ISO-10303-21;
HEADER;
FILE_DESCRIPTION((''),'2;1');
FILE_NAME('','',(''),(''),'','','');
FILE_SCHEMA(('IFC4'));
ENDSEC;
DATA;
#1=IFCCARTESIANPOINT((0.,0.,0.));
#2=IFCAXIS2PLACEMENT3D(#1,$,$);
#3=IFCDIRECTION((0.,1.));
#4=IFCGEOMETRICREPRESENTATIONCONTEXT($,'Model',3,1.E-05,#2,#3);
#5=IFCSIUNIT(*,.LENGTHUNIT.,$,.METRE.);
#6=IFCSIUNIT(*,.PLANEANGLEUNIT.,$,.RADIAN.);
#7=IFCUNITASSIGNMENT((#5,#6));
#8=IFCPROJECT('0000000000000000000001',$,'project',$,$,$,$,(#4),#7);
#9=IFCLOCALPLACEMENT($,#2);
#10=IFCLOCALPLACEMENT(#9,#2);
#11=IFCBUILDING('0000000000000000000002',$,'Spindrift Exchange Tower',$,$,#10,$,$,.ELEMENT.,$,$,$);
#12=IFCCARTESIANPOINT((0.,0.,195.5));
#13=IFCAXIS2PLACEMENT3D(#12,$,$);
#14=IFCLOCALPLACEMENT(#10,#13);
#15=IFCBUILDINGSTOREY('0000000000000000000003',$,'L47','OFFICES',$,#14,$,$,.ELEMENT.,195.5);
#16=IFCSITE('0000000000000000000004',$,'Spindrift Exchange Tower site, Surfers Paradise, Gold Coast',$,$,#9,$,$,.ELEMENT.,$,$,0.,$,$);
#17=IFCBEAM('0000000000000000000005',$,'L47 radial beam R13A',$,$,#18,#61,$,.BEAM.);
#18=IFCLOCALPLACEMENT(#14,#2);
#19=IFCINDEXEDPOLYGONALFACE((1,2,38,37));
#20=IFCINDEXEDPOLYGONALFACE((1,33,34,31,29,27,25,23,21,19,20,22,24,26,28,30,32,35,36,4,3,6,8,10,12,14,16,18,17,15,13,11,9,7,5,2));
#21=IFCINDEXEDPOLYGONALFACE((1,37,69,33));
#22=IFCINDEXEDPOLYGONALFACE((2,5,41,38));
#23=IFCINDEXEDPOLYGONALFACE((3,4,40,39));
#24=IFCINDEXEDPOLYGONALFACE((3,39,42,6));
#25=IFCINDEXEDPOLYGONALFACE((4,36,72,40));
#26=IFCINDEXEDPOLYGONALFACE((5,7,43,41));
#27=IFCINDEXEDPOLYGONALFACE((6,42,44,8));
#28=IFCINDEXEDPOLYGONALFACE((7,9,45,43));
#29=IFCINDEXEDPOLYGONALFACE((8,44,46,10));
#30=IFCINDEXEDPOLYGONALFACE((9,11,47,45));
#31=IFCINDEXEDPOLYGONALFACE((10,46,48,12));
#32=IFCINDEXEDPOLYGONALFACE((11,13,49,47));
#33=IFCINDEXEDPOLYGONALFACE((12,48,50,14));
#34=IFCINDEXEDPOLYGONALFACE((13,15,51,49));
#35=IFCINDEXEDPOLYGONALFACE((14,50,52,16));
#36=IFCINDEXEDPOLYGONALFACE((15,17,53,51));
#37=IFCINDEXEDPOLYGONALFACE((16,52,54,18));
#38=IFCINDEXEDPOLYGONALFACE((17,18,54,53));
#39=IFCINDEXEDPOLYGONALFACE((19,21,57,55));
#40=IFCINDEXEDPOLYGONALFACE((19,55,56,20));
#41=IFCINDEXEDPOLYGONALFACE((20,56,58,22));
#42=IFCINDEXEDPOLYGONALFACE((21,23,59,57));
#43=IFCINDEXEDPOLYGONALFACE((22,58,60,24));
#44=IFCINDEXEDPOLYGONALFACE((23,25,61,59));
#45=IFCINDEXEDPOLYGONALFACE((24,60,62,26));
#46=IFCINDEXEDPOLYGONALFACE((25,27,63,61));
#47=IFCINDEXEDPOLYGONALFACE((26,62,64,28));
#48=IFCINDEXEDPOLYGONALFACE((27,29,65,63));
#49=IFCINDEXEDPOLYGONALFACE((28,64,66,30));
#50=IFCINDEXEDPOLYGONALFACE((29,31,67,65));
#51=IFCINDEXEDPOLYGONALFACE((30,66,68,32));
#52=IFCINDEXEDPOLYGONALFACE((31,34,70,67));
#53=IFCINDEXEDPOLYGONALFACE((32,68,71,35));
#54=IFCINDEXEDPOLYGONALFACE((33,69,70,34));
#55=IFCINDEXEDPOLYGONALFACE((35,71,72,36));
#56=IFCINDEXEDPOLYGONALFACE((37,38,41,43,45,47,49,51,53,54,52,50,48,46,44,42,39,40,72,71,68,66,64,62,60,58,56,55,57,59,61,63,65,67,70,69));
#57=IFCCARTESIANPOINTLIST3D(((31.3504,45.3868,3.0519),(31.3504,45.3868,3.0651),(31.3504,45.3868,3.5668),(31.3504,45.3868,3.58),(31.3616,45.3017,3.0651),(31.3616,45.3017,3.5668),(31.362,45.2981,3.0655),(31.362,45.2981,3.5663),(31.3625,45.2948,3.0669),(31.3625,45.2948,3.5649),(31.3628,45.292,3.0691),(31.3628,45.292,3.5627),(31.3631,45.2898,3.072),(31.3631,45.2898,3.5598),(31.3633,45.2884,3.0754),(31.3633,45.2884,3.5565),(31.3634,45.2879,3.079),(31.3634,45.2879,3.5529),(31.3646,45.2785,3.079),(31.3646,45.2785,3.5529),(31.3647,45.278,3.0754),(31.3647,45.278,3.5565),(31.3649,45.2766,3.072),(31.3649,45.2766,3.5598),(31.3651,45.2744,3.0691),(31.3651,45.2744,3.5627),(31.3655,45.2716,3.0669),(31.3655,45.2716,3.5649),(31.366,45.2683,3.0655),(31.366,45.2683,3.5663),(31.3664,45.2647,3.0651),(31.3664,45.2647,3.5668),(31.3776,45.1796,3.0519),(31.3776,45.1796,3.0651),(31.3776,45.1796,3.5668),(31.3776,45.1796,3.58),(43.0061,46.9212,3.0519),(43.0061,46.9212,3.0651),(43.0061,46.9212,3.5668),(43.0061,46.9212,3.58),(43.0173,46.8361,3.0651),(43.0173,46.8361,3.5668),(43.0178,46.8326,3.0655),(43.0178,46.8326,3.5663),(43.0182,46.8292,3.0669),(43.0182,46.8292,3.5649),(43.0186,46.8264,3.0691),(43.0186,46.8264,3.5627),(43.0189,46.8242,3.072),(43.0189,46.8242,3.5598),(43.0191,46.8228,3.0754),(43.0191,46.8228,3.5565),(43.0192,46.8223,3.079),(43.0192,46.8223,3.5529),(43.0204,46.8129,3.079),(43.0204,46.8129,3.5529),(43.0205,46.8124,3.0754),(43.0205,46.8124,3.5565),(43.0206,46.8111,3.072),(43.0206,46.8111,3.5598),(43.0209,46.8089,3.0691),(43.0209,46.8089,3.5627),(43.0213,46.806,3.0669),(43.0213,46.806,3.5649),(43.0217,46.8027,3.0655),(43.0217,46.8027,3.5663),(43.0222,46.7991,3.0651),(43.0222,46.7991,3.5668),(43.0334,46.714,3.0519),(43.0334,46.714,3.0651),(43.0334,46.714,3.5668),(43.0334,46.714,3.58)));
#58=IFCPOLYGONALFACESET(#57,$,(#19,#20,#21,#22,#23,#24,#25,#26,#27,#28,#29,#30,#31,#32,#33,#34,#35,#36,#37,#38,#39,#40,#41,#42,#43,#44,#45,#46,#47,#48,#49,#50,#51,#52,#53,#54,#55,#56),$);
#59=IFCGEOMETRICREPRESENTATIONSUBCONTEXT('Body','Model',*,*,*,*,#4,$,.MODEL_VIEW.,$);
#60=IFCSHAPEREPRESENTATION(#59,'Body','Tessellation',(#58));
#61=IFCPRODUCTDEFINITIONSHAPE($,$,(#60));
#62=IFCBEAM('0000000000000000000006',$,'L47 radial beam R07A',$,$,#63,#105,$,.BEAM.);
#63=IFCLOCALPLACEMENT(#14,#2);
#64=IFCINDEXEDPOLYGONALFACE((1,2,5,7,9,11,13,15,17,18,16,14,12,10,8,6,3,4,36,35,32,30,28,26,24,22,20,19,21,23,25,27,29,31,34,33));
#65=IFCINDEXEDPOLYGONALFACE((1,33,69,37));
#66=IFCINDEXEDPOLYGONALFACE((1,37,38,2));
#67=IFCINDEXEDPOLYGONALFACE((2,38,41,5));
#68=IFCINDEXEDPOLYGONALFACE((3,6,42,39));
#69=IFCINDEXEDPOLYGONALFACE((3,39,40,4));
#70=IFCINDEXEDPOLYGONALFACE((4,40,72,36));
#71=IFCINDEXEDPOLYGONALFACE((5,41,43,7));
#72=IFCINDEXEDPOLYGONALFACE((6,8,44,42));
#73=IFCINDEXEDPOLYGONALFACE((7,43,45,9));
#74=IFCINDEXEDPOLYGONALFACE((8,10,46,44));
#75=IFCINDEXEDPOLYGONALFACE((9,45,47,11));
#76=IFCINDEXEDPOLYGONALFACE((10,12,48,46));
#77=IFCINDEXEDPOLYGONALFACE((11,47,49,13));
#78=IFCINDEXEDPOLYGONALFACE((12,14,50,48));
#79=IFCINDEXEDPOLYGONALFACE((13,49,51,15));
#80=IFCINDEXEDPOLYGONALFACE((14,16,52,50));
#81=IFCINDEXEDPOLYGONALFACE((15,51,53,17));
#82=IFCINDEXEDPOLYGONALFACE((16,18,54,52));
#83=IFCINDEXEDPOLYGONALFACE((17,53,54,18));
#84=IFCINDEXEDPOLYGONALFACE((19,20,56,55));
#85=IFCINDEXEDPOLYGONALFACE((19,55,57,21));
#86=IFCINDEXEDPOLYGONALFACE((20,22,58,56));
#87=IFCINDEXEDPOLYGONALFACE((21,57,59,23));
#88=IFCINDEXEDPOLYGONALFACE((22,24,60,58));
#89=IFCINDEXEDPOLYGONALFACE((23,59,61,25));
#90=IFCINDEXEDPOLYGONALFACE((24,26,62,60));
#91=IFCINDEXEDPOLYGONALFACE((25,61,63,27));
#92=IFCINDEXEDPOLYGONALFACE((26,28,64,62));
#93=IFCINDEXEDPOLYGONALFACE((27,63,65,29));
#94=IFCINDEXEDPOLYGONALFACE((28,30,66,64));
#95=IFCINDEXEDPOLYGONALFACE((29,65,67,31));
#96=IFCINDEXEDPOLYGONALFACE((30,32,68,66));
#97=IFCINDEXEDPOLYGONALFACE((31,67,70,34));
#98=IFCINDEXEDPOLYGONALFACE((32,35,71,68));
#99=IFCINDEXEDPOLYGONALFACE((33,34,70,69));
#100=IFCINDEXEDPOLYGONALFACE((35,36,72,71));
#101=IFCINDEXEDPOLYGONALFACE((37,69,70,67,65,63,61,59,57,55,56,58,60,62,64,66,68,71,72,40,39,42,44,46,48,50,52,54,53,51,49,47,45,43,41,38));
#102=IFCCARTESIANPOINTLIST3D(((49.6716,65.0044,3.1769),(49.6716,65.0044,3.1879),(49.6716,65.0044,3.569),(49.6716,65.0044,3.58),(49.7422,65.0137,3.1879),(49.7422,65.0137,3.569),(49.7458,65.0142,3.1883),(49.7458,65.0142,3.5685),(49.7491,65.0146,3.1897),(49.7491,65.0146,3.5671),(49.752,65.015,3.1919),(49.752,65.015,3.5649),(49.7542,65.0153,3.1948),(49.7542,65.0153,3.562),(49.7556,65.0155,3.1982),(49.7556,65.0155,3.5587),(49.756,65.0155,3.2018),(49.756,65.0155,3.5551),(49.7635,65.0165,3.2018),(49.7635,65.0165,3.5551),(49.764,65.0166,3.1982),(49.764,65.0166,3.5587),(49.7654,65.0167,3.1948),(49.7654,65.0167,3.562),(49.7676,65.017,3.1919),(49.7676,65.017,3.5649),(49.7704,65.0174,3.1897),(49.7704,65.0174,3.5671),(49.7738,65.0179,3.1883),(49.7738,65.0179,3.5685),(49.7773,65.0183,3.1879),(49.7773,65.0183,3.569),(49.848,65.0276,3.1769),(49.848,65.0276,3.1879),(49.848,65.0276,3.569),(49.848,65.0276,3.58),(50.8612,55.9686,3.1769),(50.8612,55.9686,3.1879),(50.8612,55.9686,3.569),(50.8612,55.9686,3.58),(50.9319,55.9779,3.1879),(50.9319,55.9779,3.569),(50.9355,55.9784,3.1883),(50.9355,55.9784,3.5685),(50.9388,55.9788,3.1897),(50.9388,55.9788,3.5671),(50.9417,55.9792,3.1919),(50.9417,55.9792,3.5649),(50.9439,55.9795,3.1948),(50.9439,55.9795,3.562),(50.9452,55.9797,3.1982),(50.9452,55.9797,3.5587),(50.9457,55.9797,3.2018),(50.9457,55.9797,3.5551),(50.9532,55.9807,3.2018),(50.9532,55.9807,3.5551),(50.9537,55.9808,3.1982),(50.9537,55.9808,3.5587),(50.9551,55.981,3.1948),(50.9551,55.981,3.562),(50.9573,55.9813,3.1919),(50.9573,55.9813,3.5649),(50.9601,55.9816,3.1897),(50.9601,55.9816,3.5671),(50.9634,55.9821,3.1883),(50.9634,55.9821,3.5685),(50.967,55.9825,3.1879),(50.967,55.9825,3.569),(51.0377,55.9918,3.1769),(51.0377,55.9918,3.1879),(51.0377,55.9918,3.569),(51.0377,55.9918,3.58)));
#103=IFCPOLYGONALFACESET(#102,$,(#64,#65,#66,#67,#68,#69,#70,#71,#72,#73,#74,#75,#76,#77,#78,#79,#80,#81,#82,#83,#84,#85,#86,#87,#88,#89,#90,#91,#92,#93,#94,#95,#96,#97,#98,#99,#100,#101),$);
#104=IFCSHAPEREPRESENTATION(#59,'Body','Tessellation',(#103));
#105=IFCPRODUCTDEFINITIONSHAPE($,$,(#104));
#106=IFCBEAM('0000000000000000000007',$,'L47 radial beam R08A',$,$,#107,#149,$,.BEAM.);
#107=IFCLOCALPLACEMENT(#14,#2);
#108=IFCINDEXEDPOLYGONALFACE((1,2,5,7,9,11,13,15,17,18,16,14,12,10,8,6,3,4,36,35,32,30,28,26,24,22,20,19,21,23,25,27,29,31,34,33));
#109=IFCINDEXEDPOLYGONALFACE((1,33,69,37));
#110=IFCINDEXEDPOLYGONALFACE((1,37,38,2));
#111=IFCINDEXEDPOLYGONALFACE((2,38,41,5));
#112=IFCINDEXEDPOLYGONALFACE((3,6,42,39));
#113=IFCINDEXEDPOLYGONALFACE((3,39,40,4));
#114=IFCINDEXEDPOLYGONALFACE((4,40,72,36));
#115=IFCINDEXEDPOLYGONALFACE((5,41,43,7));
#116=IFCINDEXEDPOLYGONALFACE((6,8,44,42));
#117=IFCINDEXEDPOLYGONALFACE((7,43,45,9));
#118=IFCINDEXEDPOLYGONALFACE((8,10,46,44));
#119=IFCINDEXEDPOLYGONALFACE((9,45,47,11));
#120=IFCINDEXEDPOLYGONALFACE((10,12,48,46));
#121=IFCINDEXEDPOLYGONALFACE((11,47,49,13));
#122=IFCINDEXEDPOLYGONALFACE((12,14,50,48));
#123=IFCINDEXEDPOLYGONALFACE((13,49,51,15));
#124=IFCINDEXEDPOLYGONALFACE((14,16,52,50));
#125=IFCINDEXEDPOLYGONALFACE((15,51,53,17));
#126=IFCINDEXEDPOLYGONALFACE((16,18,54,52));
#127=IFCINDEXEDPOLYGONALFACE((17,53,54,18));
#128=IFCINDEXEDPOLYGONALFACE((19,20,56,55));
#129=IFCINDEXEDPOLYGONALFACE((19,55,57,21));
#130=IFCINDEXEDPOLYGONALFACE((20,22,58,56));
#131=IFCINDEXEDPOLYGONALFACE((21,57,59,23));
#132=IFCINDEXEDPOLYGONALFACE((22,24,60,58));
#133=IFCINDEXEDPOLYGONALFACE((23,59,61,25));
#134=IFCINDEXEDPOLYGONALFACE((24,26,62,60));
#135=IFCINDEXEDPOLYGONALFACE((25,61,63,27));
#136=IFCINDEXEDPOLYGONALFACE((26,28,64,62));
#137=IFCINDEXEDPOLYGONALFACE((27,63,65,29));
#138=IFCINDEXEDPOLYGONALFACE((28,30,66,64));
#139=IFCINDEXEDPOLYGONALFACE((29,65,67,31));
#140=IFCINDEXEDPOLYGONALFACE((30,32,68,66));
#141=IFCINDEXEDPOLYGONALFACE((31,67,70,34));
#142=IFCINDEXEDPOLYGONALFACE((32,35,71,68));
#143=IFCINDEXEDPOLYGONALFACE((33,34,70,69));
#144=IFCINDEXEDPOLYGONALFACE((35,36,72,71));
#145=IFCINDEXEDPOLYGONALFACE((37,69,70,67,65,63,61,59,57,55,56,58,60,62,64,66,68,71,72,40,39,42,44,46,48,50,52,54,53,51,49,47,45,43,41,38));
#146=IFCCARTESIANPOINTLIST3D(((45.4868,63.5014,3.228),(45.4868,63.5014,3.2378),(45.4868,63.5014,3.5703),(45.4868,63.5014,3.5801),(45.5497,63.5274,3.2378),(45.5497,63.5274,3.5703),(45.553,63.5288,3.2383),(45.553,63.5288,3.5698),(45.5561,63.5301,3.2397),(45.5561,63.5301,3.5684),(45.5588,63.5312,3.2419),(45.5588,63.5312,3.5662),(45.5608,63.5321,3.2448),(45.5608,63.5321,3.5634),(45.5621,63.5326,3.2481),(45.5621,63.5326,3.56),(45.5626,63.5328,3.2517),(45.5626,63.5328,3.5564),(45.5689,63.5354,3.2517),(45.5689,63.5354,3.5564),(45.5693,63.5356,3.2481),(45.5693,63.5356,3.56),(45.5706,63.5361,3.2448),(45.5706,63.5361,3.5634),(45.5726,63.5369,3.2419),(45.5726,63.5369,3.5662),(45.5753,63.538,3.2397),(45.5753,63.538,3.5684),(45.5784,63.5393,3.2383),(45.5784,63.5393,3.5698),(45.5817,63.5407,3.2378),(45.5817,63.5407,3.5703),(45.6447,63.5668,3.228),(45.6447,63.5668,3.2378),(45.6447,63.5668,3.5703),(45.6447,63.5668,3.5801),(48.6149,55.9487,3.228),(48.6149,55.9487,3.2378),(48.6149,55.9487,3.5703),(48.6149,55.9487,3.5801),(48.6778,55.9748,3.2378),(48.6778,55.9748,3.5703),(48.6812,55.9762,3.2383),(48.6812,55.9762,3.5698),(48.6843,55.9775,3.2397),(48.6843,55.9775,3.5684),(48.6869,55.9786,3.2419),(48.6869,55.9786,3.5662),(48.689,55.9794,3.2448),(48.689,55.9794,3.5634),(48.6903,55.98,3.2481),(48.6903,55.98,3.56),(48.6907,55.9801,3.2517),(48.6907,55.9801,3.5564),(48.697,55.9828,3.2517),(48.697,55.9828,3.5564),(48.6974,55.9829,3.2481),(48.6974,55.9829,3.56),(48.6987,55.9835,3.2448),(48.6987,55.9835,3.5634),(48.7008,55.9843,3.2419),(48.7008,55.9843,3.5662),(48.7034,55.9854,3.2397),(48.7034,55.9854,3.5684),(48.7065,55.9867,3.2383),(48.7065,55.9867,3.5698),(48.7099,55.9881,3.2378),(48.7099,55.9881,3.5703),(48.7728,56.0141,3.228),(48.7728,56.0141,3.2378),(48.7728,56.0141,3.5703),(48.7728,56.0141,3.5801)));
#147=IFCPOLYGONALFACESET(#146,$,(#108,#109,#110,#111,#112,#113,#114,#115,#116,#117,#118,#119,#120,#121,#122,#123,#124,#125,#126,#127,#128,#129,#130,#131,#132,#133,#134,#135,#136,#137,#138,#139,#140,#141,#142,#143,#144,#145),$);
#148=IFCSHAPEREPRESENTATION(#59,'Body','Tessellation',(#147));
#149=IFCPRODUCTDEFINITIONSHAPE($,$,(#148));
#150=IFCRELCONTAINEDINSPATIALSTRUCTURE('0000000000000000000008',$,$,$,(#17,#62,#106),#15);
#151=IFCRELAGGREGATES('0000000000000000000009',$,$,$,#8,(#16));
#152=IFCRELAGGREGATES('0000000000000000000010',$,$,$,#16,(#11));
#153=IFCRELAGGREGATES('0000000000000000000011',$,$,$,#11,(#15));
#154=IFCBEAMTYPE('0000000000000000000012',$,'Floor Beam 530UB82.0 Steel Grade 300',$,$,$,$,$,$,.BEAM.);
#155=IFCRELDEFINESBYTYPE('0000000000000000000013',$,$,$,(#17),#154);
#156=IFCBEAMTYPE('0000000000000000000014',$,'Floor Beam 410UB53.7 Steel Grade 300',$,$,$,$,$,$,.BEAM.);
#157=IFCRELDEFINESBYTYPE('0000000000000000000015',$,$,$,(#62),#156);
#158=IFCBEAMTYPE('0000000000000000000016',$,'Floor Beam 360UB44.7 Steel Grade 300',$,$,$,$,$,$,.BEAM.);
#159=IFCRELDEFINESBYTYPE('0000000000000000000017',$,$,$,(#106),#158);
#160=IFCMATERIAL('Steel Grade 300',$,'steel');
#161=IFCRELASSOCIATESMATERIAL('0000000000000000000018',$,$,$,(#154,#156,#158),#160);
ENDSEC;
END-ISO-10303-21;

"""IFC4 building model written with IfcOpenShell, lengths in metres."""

from ifc_helpers import new_model, si_unit, direction, frame, origin, origin_2d, place, context, subcontext, project, spatial, i_section, extrude, source, transform, mapped, material, material_profile, profile_set, type_object, element, save


model = new_model("IFC4")

# Units and contexts
model_context = context("Model", 3, precision=1e-05, world=origin(), true_north=direction((0.0, 1.0)))
body_context = subcontext(model_context, "Body", "Model", "MODEL_VIEW")
ifc_project = project(units=[si_unit("LENGTHUNIT", "METRE"), si_unit("PLANEANGLEUNIT", "RADIAN")], contexts=[model_context])

# Site, building, storey
site_placement = place(None, origin())
site = spatial("IfcSite", under=ifc_project, at=site_placement, Name="Spindrift Exchange Tower site, Surfers Paradise, Gold Coast", CompositionType="ELEMENT", RefElevation=0.0)
building_placement = place(site_placement, origin())
building = spatial("IfcBuilding", under=site, at=building_placement, Name="Spindrift Exchange Tower", CompositionType="ELEMENT")
storey_placement = place(building_placement, frame((0.0, 0.0, 195.5)))
storey = spatial("IfcBuildingStorey", under=building, at=storey_placement, Name="L47", Description="OFFICES", CompositionType="ELEMENT", Elevation=195.5)

# Beams
ifc_material_1 = material(Name="Steel Grade 300", Category="steel")
ifc_material_profile_1 = material_profile(ifc_material_1, i_section(OverallWidth=0.209, OverallDepth=0.5281, WebThickness=0.0095, FlangeThickness=0.0132, FilletRadius=0.0139, at=origin_2d()), Name="530UB82.0")
ifc_profile_set_1 = profile_set([ifc_material_profile_1], Name="Steel Grade 300")
beam_type_1 = type_object("IfcBeamType", Name="Floor Beam 530UB82.0 Steel Grade 300", PredefinedType="BEAM", material=ifc_profile_set_1)
shared_shape_1 = source(origin(), body_context, "Body", "SweptSolid", [
    extrude(i_section(OverallWidth=0.209, OverallDepth=0.5281, WebThickness=0.0095, FlangeThickness=0.0132, FilletRadius=0.0139, at=origin_2d()), origin(), (0.0, 0.0, 1.0), 11.7563),
])
beam_1_placement = place(storey_placement, frame((43.0198, 46.8176, 3.3159), z_axis=(-0.991446, -0.130519, 0.0), x_axis=(0.130519, -0.991446, 0.0)))
element("IfcBeam", 1, at=beam_1_placement, inside=storey, type_object=beam_type_1, Name="L47 radial beam R13A", PredefinedType="BEAM", context=body_context, shape_type="MappedRepresentation", body=[
    mapped(shared_shape_1, transform((0.0, 0.0, 0.0), scale=1.0)),
])
ifc_material_profile_2 = material_profile(ifc_material_1, i_section(OverallWidth=0.178, OverallDepth=0.4031, WebThickness=0.0076, FlangeThickness=0.011, FilletRadius=0.0139, at=origin_2d()), Name="410UB53.7")
ifc_profile_set_2 = profile_set([ifc_material_profile_2], Name="Steel Grade 300")
beam_type_2 = type_object("IfcBeamType", Name="Floor Beam 410UB53.7 Steel Grade 300", PredefinedType="BEAM", material=ifc_profile_set_2)
shared_shape_2 = source(origin(), body_context, "Body", "SweptSolid", [
    extrude(i_section(OverallWidth=0.178, OverallDepth=0.4031, WebThickness=0.0076, FlangeThickness=0.011, FilletRadius=0.0139, at=origin_2d()), origin(), (0.0, 0.0, 1.0), 9.1138),
])
beam_2_placement = place(storey_placement, frame((50.9495, 55.9802, 3.3784), z_axis=(-0.130537, 0.991443, 0.0), x_axis=(-0.991443, -0.130537, 0.0)))
element("IfcBeam", 2, at=beam_2_placement, inside=storey, type_object=beam_type_2, Name="L47 radial beam R07A", PredefinedType="BEAM", context=body_context, shape_type="MappedRepresentation", body=[
    mapped(shared_shape_2, transform((0.0, 0.0, 0.0), scale=1.0)),
])
ifc_material_profile_3 = material_profile(ifc_material_1, i_section(OverallWidth=0.1709, OverallDepth=0.3521, WebThickness=0.0068, FlangeThickness=0.0098, FilletRadius=0.0139, at=origin_2d()), Name="360UB44.7")
ifc_profile_set_3 = profile_set([ifc_material_profile_3], Name="Steel Grade 300")
beam_type_3 = type_object("IfcBeamType", Name="Floor Beam 360UB44.7 Steel Grade 300", PredefinedType="BEAM", material=ifc_profile_set_3)
shared_shape_3 = source(origin(), body_context, "Body", "SweptSolid", [
    extrude(i_section(OverallWidth=0.1709, OverallDepth=0.3521, WebThickness=0.0068, FlangeThickness=0.0098, FilletRadius=0.0139, at=origin_2d()), origin(), (0.0, 0.0, 1.0), 8.1748),
])
beam_3_placement = place(storey_placement, frame((48.6938, 55.9814, 3.4041), z_axis=(-0.382655, 0.923891, 0.0), x_axis=(-0.923891, -0.382655, 0.0)))
element("IfcBeam", 3, at=beam_3_placement, inside=storey, type_object=beam_type_3, Name="L47 radial beam R08A", PredefinedType="BEAM", context=body_context, shape_type="MappedRepresentation", body=[
    mapped(shared_shape_3, transform((0.0, 0.0, 0.0), scale=1.0)),
])

save(model, "model.ifc")
